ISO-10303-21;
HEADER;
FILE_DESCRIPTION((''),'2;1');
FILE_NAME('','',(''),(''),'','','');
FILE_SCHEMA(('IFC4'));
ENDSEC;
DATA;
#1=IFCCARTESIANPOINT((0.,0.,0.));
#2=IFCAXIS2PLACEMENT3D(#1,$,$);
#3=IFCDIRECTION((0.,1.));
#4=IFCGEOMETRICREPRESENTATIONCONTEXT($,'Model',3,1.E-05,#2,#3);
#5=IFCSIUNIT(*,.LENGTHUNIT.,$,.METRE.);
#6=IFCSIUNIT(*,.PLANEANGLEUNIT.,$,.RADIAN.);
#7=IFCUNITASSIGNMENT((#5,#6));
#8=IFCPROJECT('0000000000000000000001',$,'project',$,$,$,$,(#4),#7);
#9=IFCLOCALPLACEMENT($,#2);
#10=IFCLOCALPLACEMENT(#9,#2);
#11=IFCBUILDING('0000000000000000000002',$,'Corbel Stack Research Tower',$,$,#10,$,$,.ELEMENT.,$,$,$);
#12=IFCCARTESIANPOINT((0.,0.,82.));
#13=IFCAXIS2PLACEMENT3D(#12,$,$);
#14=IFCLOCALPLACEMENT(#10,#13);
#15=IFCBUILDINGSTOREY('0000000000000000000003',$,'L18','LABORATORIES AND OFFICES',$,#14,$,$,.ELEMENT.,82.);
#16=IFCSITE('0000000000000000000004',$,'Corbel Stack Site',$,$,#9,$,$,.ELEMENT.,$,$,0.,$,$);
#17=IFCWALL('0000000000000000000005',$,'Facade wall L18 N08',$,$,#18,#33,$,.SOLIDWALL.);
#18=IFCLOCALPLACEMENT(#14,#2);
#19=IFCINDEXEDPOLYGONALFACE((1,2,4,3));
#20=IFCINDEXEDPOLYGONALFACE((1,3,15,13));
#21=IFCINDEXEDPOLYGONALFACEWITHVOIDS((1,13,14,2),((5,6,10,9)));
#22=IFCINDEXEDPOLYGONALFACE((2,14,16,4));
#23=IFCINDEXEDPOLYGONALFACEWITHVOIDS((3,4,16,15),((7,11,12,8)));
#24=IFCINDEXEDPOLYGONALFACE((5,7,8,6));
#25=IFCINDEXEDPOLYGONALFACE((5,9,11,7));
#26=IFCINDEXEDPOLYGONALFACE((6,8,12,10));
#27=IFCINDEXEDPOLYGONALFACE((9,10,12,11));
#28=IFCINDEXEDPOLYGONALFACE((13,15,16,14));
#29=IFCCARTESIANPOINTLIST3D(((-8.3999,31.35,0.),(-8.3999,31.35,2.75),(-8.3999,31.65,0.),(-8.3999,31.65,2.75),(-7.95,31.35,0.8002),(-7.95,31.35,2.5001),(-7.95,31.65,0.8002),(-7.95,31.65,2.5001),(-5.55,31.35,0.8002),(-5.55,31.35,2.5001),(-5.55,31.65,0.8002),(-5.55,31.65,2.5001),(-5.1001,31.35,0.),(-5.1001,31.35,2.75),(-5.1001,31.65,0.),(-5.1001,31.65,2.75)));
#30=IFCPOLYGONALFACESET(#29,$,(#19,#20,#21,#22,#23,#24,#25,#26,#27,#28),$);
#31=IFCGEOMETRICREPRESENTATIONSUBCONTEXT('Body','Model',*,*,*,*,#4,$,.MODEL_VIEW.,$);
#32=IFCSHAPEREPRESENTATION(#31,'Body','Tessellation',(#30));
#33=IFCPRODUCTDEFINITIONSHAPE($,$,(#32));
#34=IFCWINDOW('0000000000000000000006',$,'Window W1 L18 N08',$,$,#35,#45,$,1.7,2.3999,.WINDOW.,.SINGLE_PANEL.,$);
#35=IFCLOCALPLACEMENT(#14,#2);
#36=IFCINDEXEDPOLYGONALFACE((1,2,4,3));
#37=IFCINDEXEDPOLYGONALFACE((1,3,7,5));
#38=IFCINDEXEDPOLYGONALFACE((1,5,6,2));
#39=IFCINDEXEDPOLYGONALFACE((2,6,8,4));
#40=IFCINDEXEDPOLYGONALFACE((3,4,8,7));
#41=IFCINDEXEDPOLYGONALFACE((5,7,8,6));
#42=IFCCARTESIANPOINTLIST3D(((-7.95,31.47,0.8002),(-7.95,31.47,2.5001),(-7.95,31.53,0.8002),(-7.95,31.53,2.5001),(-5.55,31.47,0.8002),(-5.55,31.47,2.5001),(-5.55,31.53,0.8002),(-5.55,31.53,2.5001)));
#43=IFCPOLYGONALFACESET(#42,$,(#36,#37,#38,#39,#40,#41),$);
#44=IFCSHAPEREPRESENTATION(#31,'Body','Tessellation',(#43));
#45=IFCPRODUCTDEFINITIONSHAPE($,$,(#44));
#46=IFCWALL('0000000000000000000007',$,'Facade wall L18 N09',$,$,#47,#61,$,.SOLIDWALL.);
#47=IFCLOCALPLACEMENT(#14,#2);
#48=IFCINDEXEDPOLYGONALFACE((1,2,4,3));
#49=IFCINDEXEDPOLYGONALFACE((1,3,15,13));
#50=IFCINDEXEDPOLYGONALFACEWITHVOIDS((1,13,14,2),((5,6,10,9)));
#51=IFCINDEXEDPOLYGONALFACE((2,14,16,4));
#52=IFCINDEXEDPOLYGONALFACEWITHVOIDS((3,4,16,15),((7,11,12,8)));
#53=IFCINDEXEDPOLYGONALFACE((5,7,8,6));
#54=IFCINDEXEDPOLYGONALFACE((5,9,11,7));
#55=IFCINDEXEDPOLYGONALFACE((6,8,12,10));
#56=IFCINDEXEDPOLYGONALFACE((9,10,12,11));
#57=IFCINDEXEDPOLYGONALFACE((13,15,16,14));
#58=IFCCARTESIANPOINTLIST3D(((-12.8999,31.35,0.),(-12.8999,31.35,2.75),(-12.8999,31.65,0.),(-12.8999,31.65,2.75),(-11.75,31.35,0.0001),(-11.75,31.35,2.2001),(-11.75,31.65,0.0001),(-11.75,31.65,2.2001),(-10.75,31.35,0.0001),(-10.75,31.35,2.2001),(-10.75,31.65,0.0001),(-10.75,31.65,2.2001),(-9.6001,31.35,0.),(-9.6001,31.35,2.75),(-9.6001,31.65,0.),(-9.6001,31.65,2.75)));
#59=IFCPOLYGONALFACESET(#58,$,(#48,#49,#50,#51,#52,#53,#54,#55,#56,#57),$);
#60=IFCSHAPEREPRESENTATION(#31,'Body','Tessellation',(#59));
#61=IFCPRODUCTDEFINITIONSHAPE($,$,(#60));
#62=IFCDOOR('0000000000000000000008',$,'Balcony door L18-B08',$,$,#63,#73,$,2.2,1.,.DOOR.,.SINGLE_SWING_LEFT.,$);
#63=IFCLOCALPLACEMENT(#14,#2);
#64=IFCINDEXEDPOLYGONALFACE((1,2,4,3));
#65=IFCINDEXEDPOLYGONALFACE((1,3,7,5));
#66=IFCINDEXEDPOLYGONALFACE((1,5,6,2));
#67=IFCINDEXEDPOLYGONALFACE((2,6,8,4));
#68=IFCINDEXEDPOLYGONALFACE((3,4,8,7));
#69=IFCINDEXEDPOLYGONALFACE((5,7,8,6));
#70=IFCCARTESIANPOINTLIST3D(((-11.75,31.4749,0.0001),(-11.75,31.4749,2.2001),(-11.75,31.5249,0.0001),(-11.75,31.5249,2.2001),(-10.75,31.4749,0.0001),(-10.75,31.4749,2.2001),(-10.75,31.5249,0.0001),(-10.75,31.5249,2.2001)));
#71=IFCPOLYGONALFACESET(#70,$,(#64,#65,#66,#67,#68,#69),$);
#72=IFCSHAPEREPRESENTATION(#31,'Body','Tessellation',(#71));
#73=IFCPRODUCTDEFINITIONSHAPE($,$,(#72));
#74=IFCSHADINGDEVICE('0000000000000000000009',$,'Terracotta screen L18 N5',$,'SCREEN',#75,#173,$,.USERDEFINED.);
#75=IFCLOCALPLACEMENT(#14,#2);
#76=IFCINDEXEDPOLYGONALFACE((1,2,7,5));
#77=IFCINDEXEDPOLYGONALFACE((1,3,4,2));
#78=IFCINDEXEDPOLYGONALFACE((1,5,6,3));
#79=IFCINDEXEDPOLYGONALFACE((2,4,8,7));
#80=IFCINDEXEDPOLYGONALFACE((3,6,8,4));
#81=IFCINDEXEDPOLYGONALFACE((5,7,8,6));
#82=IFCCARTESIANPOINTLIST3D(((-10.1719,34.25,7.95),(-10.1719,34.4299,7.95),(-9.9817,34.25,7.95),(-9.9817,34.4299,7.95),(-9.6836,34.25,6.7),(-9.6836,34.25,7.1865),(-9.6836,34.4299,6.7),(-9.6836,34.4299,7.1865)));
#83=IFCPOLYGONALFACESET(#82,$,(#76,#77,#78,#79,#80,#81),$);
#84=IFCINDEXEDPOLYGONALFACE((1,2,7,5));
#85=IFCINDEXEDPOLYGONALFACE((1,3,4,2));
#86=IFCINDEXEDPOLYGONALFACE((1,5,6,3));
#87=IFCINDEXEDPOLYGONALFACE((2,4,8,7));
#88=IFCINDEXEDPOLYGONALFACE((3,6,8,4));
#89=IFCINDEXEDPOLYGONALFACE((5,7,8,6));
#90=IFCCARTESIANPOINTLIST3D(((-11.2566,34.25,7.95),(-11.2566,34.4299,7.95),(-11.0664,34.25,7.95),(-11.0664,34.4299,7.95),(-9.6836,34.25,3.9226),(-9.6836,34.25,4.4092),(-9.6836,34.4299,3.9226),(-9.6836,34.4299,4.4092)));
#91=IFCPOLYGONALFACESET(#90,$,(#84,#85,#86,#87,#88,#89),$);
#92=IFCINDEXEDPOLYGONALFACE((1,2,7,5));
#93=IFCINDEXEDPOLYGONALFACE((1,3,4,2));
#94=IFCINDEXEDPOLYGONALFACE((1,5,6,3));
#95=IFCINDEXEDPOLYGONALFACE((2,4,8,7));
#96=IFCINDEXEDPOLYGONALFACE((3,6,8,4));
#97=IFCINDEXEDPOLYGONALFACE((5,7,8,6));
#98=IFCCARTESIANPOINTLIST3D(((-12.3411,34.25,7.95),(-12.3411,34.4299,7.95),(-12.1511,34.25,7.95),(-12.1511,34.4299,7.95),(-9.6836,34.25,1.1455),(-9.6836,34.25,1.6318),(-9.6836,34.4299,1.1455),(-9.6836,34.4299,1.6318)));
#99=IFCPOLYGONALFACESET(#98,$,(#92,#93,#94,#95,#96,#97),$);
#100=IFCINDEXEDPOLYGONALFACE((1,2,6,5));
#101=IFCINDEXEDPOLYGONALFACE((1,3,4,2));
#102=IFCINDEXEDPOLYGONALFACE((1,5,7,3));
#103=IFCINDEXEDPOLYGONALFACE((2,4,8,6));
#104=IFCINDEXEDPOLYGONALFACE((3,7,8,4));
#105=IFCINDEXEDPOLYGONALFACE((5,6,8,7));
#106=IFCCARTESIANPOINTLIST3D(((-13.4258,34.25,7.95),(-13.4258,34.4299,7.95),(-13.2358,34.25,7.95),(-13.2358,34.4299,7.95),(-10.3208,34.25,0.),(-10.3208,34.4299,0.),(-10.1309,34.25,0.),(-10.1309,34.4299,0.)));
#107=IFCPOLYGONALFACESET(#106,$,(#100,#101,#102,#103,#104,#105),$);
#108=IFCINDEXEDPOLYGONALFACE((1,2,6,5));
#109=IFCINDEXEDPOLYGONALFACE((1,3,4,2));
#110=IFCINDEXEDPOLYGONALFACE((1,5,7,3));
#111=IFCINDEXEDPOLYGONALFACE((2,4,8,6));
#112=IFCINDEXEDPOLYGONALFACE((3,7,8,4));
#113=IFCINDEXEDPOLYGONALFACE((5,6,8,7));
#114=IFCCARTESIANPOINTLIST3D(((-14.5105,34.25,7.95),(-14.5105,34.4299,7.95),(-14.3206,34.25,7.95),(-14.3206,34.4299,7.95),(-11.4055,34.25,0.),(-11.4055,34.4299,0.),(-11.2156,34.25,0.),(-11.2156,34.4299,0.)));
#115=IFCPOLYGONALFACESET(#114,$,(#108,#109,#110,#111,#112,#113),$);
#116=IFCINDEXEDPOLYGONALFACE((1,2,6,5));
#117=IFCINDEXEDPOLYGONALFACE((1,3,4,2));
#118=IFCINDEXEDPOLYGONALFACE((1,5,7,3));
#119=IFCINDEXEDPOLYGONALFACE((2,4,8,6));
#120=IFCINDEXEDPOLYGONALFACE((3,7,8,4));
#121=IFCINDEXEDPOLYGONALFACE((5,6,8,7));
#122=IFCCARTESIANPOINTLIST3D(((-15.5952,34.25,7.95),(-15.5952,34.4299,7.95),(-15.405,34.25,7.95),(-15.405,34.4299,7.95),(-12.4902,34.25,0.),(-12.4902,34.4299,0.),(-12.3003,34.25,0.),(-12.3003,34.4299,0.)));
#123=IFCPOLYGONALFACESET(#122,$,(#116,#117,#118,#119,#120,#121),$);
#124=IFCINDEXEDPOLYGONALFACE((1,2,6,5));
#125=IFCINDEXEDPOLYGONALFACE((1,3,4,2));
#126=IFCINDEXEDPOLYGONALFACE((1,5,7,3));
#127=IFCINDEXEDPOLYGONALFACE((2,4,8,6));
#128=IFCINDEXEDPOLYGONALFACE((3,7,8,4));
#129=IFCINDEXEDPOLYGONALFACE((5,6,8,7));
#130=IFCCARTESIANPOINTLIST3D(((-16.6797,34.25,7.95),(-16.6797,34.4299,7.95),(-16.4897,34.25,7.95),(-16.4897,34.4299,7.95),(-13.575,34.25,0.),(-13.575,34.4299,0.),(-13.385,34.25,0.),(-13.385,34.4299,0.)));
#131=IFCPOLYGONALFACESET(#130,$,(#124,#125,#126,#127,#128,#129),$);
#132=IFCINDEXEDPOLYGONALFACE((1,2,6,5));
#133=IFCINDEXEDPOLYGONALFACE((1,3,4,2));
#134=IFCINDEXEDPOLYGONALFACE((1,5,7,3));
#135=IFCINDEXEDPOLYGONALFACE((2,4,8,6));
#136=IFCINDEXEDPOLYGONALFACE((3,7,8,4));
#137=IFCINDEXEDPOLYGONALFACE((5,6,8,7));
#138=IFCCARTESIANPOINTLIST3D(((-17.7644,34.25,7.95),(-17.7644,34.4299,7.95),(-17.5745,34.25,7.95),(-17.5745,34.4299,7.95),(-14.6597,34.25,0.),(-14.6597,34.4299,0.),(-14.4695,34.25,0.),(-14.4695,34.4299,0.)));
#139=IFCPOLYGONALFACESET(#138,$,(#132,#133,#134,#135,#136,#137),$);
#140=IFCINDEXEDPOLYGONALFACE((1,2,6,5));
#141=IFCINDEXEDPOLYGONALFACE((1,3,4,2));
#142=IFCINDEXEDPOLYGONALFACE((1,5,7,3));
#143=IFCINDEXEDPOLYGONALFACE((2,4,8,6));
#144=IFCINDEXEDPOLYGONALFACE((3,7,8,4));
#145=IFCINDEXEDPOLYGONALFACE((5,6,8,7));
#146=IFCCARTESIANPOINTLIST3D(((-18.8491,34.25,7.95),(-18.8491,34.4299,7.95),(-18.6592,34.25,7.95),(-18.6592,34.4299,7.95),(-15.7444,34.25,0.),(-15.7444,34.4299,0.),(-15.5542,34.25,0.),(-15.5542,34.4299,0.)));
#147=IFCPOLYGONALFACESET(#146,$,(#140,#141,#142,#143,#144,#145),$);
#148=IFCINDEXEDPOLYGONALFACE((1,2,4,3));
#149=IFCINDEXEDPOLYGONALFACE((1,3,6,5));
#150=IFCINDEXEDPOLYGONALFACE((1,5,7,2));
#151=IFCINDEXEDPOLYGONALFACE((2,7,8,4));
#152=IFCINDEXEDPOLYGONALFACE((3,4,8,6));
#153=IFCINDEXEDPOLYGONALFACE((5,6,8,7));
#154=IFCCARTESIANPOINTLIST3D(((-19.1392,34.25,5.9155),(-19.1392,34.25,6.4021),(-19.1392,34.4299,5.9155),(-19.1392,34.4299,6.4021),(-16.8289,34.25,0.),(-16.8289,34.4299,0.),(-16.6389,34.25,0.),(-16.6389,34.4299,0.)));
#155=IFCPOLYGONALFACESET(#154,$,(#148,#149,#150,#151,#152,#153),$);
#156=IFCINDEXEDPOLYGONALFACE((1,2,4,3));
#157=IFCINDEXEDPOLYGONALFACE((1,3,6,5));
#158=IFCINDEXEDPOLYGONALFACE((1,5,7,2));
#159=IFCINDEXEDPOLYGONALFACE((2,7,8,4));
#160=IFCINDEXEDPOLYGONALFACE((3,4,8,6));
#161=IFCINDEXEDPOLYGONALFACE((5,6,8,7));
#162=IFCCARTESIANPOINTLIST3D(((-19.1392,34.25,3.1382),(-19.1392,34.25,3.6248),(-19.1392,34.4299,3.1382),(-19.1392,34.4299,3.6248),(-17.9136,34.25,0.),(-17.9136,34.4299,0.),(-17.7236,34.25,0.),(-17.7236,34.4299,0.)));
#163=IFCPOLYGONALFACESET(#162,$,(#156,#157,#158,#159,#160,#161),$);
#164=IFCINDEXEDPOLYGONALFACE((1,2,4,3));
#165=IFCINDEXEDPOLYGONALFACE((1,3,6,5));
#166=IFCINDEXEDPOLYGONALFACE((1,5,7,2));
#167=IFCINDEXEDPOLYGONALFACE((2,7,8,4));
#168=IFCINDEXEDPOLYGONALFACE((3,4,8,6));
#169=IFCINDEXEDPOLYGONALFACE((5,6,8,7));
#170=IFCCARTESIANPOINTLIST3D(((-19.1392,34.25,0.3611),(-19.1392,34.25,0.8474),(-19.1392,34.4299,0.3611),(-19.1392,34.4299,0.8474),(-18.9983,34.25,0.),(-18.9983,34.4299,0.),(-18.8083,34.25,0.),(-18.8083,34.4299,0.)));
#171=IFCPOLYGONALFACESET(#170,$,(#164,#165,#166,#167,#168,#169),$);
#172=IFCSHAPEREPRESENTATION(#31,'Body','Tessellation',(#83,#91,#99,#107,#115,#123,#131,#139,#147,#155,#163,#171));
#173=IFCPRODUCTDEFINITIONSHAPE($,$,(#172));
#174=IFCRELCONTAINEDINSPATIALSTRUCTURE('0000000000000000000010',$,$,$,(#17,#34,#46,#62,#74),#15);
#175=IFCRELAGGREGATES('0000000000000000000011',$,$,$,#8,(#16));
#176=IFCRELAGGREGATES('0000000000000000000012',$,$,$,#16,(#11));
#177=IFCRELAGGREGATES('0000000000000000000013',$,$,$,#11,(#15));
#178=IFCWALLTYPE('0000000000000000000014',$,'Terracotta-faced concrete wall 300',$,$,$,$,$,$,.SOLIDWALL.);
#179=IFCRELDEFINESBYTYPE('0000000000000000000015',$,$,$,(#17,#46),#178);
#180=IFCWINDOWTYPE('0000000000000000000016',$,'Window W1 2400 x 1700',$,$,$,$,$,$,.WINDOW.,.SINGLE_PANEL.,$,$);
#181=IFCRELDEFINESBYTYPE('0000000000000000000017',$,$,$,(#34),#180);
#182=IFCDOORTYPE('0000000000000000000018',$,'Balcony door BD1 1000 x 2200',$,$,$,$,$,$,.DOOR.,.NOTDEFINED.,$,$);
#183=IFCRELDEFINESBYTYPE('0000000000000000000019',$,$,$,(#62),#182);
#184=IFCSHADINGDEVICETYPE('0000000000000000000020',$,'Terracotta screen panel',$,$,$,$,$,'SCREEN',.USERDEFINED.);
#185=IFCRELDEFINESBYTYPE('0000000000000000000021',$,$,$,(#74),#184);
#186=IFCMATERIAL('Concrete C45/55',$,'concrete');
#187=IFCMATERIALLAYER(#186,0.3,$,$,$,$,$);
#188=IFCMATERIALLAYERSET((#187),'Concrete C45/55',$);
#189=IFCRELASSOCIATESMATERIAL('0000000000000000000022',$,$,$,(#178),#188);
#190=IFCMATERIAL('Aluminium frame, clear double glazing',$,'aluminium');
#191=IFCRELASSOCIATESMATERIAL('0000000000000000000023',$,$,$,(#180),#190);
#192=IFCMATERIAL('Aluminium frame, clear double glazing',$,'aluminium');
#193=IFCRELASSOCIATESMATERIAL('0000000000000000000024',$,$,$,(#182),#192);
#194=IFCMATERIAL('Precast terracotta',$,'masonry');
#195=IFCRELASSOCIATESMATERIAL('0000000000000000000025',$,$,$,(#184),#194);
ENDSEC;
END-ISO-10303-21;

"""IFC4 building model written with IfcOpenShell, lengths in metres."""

from ifc_helpers import new_model, si_unit, direction, frame, frame_2d, origin, place, context, subcontext, project, spatial, polyline, rectangle, outline, extrude, source, transform, mapped, material, layer, layer_set, type_object, element, fill, save


model = new_model("IFC4")

# Units and contexts
model_context = context("Model", 3, precision=1e-05, world=origin(), true_north=direction((0.0, 1.0)))
body_context = subcontext(model_context, "Body", "Model", "MODEL_VIEW")
ifc_project = project(units=[si_unit("LENGTHUNIT", "METRE"), si_unit("PLANEANGLEUNIT", "RADIAN")], contexts=[model_context])

# Site, building, storey
site_placement = place(None, origin())
site = spatial("IfcSite", under=ifc_project, at=site_placement, Name="Corbel Stack Site", CompositionType="ELEMENT", RefElevation=0.0)
building_placement = place(site_placement, origin())
building = spatial("IfcBuilding", under=site, at=building_placement, Name="Corbel Stack Research Tower", CompositionType="ELEMENT")
storey_placement = place(building_placement, frame((0.0, 0.0, 82.0)))
storey = spatial("IfcBuildingStorey", under=building, at=storey_placement, Name="L18", Description="LABORATORIES AND OFFICES", CompositionType="ELEMENT", Elevation=82.0)

# Wall, opening, window
ifc_material_1 = material(Name="Concrete C45/55", Category="concrete")
ifc_layer_1 = layer(ifc_material_1, 0.3)
ifc_layer_set_1 = layer_set([ifc_layer_1], Name="Concrete C45/55")
wall_type_1 = type_object("IfcWallType", Name="Terracotta-faced concrete wall 300", PredefinedType="SOLIDWALL", material=ifc_layer_set_1)
ifc_material_2 = material(Name="Aluminium frame, clear double glazing", Category="aluminium")
window_type = type_object("IfcWindowType", Name="Window W1 2400 x 1700", PartitioningType="SINGLE_PANEL", PredefinedType="WINDOW", material=ifc_material_2)
wall_1_placement = place(storey_placement, frame((-8.3999, 31.5, 0.0), z_axis=(0.0, 0.0, 1.0), x_axis=(1.0, 0.0, 0.0)))
wall_1 = element("IfcWall", 1, at=wall_1_placement, inside=storey, type_object=wall_type_1, Name="Facade wall L18 N08", PredefinedType="SOLIDWALL", context=body_context, shape_type="SweptSolid", body=[
    extrude(rectangle(XDim=3.2998, YDim=0.3, at=frame_2d((1.6499, 0.0))), origin(), (0.0, 0.0, 1.0), 2.75),
])
opening_1_placement = place(wall_1_placement, frame((0.45, 0.0, 0.8)))
opening_1 = element("IfcOpeningElement", 2, at=opening_1_placement, cuts=wall_1, PredefinedType="OPENING", context=body_context, shape_type="SweptSolid", body=[
    extrude(rectangle(XDim=2.3999, YDim=1.7, at=frame_2d((1.2, 0.8501))), frame((0.0, 0.1599, 0.0), z_axis=(0.0, -1.0, 0.0), x_axis=(1.0, 0.0, 0.0)), (0.0, 0.0, 1.0), 0.3201),
])
window_1_placement = place(opening_1_placement, origin())
window_1 = element("IfcWindow", 3, at=window_1_placement, inside=storey, type_object=window_type, Name="Window W1 L18 N08", OverallHeight=1.7, OverallWidth=2.3999, PartitioningType="SINGLE_PANEL", PredefinedType="WINDOW", context=body_context, shape_type="SweptSolid", body=[
    extrude(rectangle(XDim=2.3999, YDim=1.7, at=frame_2d((1.2, 0.8501))), frame((0.0, 0.03, 0.0), z_axis=(0.0, -1.0, 0.0), x_axis=(1.0, 0.0, 0.0)), (0.0, 0.0, 1.0), 0.0601),
])
fill(opening_1, window_1)

# Wall, opening, door
wall_2_placement = place(storey_placement, frame((-12.8999, 31.5, 0.0), z_axis=(0.0, 0.0, 1.0), x_axis=(1.0, 0.0, 0.0)))
wall_2 = element("IfcWall", 4, at=wall_2_placement, inside=storey, type_object=wall_type_1, Name="Facade wall L18 N09", PredefinedType="SOLIDWALL", context=body_context, shape_type="SweptSolid", body=[
    extrude(rectangle(XDim=3.2998, YDim=0.3, at=frame_2d((1.6499, 0.0))), origin(), (0.0, 0.0, 1.0), 2.75),
])
opening_2_placement = place(wall_2_placement, frame((1.1499, 0.0, 0.0)))
opening_2 = element("IfcOpeningElement", 5, at=opening_2_placement, cuts=wall_2, PredefinedType="OPENING", context=body_context, shape_type="SweptSolid", body=[
    extrude(rectangle(XDim=1.0, YDim=2.2, at=frame_2d((0.5, 1.1001))), frame((0.0, 0.1599, 0.0), z_axis=(0.0, -1.0, 0.0), x_axis=(1.0, 0.0, 0.0)), (0.0, 0.0, 1.0), 0.3201),
])
ifc_material_3 = material(Name="Aluminium frame, clear double glazing", Category="aluminium")
door_type_1 = type_object("IfcDoorType", Name="Balcony door BD1 1000 x 2200", OperationType="NOTDEFINED", PredefinedType="DOOR", material=ifc_material_3)
door_1_placement = place(opening_2_placement, origin())
door_1 = element("IfcDoor", 6, at=door_1_placement, inside=storey, type_object=door_type_1, Name="Balcony door L18-B08", OperationType="SINGLE_SWING_LEFT", OverallHeight=2.2, OverallWidth=1.0, PredefinedType="DOOR", context=body_context, shape_type="SweptSolid", body=[
    extrude(rectangle(XDim=1.0, YDim=2.2, at=frame_2d((0.5, 1.1001))), frame((0.0, 0.0249, 0.0), z_axis=(0.0, -1.0, 0.0), x_axis=(1.0, 0.0, 0.0)), (0.0, 0.0, 1.0), 0.05),
])
fill(opening_2, door_1)

# Shading device
ifc_material_4 = material(Name="Precast terracotta", Category="masonry")
shading_device_type = type_object("IfcShadingDeviceType", Name="Terracotta screen panel", ElementType="SCREEN", PredefinedType="USERDEFINED", material=ifc_material_4)
shared_shape_1 = source(origin(), body_context, "Body", "SweptSolid", [
    extrude(outline(polyline([(0.4883, 7.95), (0.2981, 7.95), (0.0, 7.1865), (0.0, 6.7), (0.4883, 7.95)])), frame((0.0, 0.0, 0.0), z_axis=(0.0, -1.0, 0.0), x_axis=(1.0, 0.0, 0.0)), (0.0, 0.0, 1.0), 0.1799),
    extrude(outline(polyline([(1.573, 7.95), (1.3828, 7.95), (0.0, 4.4092), (0.0, 3.9226), (1.573, 7.95)])), frame((0.0, 0.0, 0.0), z_axis=(0.0, -1.0, 0.0), x_axis=(1.0, 0.0, 0.0)), (0.0, 0.0, 1.0), 0.1799),
    extrude(outline(polyline([(2.6575, 7.95), (2.4675, 7.95), (0.0, 1.6318), (0.0, 1.1455), (2.6575, 7.95)])), frame((0.0, 0.0, 0.0), z_axis=(0.0, -1.0, 0.0), x_axis=(1.0, 0.0, 0.0)), (0.0, 0.0, 1.0), 0.1799),
    extrude(outline(polyline([(0.6372, 0.0), (3.7422, 7.95), (3.5522, 7.95), (0.4473, 0.0), (0.6372, 0.0)])), frame((0.0, 0.0, 0.0), z_axis=(0.0, -1.0, 0.0), x_axis=(1.0, 0.0, 0.0)), (0.0, 0.0, 1.0), 0.1799),
    extrude(outline(polyline([(1.7219, 0.0), (4.8269, 7.95), (4.637, 7.95), (1.532, 0.0), (1.7219, 0.0)])), frame((0.0, 0.0, 0.0), z_axis=(0.0, -1.0, 0.0), x_axis=(1.0, 0.0, 0.0)), (0.0, 0.0, 1.0), 0.1799),
    extrude(outline(polyline([(2.8066, 0.0), (5.9116, 7.95), (5.7214, 7.95), (2.6167, 0.0), (2.8066, 0.0)])), frame((0.0, 0.0, 0.0), z_axis=(0.0, -1.0, 0.0), x_axis=(1.0, 0.0, 0.0)), (0.0, 0.0, 1.0), 0.1799),
    extrude(outline(polyline([(3.8914, 0.0), (6.9961, 7.95), (6.8062, 7.95), (3.7014, 0.0), (3.8914, 0.0)])), frame((0.0, 0.0, 0.0), z_axis=(0.0, -1.0, 0.0), x_axis=(1.0, 0.0, 0.0)), (0.0, 0.0, 1.0), 0.1799),
    extrude(outline(polyline([(4.9761, 0.0), (8.0808, 7.95), (7.8909, 7.95), (4.7859, 0.0), (4.9761, 0.0)])), frame((0.0, 0.0, 0.0), z_axis=(0.0, -1.0, 0.0), x_axis=(1.0, 0.0, 0.0)), (0.0, 0.0, 1.0), 0.1799),
    extrude(outline(polyline([(6.0608, 0.0), (9.1655, 7.95), (8.9756, 7.95), (5.8706, 0.0), (6.0608, 0.0)])), frame((0.0, 0.0, 0.0), z_axis=(0.0, -1.0, 0.0), x_axis=(1.0, 0.0, 0.0)), (0.0, 0.0, 1.0), 0.1799),
    extrude(outline(polyline([(7.1453, 0.0), (9.4556, 5.9155), (9.4556, 6.4021), (6.9553, 0.0), (7.1453, 0.0)])), frame((0.0, 0.0, 0.0), z_axis=(0.0, -1.0, 0.0), x_axis=(1.0, 0.0, 0.0)), (0.0, 0.0, 1.0), 0.1799),
    extrude(outline(polyline([(8.23, 0.0), (9.4556, 3.1382), (9.4556, 3.6248), (8.04, 0.0), (8.23, 0.0)])), frame((0.0, 0.0, 0.0), z_axis=(0.0, -1.0, 0.0), x_axis=(1.0, 0.0, 0.0)), (0.0, 0.0, 1.0), 0.1799),
    extrude(outline(polyline([(9.3147, 0.0), (9.4556, 0.3611), (9.4556, 0.8474), (9.1248, 0.0), (9.3147, 0.0)])), frame((0.0, 0.0, 0.0), z_axis=(0.0, -1.0, 0.0), x_axis=(1.0, 0.0, 0.0)), (0.0, 0.0, 1.0), 0.1799),
])
shading_device_1_placement = place(storey_placement, frame((-9.6836, 34.25, 0.0), z_axis=(0.0, 0.0, 1.0), x_axis=(-1.0, 0.0, 0.0)))
element("IfcShadingDevice", 7, at=shading_device_1_placement, inside=storey, type_object=shading_device_type, Name="Terracotta screen L18 N5", ObjectType="SCREEN", PredefinedType="USERDEFINED", context=body_context, shape_type="MappedRepresentation", body=[
    mapped(shared_shape_1, transform((0.0, 0.0, 0.0))),
])

save(model, "model.ifc")
